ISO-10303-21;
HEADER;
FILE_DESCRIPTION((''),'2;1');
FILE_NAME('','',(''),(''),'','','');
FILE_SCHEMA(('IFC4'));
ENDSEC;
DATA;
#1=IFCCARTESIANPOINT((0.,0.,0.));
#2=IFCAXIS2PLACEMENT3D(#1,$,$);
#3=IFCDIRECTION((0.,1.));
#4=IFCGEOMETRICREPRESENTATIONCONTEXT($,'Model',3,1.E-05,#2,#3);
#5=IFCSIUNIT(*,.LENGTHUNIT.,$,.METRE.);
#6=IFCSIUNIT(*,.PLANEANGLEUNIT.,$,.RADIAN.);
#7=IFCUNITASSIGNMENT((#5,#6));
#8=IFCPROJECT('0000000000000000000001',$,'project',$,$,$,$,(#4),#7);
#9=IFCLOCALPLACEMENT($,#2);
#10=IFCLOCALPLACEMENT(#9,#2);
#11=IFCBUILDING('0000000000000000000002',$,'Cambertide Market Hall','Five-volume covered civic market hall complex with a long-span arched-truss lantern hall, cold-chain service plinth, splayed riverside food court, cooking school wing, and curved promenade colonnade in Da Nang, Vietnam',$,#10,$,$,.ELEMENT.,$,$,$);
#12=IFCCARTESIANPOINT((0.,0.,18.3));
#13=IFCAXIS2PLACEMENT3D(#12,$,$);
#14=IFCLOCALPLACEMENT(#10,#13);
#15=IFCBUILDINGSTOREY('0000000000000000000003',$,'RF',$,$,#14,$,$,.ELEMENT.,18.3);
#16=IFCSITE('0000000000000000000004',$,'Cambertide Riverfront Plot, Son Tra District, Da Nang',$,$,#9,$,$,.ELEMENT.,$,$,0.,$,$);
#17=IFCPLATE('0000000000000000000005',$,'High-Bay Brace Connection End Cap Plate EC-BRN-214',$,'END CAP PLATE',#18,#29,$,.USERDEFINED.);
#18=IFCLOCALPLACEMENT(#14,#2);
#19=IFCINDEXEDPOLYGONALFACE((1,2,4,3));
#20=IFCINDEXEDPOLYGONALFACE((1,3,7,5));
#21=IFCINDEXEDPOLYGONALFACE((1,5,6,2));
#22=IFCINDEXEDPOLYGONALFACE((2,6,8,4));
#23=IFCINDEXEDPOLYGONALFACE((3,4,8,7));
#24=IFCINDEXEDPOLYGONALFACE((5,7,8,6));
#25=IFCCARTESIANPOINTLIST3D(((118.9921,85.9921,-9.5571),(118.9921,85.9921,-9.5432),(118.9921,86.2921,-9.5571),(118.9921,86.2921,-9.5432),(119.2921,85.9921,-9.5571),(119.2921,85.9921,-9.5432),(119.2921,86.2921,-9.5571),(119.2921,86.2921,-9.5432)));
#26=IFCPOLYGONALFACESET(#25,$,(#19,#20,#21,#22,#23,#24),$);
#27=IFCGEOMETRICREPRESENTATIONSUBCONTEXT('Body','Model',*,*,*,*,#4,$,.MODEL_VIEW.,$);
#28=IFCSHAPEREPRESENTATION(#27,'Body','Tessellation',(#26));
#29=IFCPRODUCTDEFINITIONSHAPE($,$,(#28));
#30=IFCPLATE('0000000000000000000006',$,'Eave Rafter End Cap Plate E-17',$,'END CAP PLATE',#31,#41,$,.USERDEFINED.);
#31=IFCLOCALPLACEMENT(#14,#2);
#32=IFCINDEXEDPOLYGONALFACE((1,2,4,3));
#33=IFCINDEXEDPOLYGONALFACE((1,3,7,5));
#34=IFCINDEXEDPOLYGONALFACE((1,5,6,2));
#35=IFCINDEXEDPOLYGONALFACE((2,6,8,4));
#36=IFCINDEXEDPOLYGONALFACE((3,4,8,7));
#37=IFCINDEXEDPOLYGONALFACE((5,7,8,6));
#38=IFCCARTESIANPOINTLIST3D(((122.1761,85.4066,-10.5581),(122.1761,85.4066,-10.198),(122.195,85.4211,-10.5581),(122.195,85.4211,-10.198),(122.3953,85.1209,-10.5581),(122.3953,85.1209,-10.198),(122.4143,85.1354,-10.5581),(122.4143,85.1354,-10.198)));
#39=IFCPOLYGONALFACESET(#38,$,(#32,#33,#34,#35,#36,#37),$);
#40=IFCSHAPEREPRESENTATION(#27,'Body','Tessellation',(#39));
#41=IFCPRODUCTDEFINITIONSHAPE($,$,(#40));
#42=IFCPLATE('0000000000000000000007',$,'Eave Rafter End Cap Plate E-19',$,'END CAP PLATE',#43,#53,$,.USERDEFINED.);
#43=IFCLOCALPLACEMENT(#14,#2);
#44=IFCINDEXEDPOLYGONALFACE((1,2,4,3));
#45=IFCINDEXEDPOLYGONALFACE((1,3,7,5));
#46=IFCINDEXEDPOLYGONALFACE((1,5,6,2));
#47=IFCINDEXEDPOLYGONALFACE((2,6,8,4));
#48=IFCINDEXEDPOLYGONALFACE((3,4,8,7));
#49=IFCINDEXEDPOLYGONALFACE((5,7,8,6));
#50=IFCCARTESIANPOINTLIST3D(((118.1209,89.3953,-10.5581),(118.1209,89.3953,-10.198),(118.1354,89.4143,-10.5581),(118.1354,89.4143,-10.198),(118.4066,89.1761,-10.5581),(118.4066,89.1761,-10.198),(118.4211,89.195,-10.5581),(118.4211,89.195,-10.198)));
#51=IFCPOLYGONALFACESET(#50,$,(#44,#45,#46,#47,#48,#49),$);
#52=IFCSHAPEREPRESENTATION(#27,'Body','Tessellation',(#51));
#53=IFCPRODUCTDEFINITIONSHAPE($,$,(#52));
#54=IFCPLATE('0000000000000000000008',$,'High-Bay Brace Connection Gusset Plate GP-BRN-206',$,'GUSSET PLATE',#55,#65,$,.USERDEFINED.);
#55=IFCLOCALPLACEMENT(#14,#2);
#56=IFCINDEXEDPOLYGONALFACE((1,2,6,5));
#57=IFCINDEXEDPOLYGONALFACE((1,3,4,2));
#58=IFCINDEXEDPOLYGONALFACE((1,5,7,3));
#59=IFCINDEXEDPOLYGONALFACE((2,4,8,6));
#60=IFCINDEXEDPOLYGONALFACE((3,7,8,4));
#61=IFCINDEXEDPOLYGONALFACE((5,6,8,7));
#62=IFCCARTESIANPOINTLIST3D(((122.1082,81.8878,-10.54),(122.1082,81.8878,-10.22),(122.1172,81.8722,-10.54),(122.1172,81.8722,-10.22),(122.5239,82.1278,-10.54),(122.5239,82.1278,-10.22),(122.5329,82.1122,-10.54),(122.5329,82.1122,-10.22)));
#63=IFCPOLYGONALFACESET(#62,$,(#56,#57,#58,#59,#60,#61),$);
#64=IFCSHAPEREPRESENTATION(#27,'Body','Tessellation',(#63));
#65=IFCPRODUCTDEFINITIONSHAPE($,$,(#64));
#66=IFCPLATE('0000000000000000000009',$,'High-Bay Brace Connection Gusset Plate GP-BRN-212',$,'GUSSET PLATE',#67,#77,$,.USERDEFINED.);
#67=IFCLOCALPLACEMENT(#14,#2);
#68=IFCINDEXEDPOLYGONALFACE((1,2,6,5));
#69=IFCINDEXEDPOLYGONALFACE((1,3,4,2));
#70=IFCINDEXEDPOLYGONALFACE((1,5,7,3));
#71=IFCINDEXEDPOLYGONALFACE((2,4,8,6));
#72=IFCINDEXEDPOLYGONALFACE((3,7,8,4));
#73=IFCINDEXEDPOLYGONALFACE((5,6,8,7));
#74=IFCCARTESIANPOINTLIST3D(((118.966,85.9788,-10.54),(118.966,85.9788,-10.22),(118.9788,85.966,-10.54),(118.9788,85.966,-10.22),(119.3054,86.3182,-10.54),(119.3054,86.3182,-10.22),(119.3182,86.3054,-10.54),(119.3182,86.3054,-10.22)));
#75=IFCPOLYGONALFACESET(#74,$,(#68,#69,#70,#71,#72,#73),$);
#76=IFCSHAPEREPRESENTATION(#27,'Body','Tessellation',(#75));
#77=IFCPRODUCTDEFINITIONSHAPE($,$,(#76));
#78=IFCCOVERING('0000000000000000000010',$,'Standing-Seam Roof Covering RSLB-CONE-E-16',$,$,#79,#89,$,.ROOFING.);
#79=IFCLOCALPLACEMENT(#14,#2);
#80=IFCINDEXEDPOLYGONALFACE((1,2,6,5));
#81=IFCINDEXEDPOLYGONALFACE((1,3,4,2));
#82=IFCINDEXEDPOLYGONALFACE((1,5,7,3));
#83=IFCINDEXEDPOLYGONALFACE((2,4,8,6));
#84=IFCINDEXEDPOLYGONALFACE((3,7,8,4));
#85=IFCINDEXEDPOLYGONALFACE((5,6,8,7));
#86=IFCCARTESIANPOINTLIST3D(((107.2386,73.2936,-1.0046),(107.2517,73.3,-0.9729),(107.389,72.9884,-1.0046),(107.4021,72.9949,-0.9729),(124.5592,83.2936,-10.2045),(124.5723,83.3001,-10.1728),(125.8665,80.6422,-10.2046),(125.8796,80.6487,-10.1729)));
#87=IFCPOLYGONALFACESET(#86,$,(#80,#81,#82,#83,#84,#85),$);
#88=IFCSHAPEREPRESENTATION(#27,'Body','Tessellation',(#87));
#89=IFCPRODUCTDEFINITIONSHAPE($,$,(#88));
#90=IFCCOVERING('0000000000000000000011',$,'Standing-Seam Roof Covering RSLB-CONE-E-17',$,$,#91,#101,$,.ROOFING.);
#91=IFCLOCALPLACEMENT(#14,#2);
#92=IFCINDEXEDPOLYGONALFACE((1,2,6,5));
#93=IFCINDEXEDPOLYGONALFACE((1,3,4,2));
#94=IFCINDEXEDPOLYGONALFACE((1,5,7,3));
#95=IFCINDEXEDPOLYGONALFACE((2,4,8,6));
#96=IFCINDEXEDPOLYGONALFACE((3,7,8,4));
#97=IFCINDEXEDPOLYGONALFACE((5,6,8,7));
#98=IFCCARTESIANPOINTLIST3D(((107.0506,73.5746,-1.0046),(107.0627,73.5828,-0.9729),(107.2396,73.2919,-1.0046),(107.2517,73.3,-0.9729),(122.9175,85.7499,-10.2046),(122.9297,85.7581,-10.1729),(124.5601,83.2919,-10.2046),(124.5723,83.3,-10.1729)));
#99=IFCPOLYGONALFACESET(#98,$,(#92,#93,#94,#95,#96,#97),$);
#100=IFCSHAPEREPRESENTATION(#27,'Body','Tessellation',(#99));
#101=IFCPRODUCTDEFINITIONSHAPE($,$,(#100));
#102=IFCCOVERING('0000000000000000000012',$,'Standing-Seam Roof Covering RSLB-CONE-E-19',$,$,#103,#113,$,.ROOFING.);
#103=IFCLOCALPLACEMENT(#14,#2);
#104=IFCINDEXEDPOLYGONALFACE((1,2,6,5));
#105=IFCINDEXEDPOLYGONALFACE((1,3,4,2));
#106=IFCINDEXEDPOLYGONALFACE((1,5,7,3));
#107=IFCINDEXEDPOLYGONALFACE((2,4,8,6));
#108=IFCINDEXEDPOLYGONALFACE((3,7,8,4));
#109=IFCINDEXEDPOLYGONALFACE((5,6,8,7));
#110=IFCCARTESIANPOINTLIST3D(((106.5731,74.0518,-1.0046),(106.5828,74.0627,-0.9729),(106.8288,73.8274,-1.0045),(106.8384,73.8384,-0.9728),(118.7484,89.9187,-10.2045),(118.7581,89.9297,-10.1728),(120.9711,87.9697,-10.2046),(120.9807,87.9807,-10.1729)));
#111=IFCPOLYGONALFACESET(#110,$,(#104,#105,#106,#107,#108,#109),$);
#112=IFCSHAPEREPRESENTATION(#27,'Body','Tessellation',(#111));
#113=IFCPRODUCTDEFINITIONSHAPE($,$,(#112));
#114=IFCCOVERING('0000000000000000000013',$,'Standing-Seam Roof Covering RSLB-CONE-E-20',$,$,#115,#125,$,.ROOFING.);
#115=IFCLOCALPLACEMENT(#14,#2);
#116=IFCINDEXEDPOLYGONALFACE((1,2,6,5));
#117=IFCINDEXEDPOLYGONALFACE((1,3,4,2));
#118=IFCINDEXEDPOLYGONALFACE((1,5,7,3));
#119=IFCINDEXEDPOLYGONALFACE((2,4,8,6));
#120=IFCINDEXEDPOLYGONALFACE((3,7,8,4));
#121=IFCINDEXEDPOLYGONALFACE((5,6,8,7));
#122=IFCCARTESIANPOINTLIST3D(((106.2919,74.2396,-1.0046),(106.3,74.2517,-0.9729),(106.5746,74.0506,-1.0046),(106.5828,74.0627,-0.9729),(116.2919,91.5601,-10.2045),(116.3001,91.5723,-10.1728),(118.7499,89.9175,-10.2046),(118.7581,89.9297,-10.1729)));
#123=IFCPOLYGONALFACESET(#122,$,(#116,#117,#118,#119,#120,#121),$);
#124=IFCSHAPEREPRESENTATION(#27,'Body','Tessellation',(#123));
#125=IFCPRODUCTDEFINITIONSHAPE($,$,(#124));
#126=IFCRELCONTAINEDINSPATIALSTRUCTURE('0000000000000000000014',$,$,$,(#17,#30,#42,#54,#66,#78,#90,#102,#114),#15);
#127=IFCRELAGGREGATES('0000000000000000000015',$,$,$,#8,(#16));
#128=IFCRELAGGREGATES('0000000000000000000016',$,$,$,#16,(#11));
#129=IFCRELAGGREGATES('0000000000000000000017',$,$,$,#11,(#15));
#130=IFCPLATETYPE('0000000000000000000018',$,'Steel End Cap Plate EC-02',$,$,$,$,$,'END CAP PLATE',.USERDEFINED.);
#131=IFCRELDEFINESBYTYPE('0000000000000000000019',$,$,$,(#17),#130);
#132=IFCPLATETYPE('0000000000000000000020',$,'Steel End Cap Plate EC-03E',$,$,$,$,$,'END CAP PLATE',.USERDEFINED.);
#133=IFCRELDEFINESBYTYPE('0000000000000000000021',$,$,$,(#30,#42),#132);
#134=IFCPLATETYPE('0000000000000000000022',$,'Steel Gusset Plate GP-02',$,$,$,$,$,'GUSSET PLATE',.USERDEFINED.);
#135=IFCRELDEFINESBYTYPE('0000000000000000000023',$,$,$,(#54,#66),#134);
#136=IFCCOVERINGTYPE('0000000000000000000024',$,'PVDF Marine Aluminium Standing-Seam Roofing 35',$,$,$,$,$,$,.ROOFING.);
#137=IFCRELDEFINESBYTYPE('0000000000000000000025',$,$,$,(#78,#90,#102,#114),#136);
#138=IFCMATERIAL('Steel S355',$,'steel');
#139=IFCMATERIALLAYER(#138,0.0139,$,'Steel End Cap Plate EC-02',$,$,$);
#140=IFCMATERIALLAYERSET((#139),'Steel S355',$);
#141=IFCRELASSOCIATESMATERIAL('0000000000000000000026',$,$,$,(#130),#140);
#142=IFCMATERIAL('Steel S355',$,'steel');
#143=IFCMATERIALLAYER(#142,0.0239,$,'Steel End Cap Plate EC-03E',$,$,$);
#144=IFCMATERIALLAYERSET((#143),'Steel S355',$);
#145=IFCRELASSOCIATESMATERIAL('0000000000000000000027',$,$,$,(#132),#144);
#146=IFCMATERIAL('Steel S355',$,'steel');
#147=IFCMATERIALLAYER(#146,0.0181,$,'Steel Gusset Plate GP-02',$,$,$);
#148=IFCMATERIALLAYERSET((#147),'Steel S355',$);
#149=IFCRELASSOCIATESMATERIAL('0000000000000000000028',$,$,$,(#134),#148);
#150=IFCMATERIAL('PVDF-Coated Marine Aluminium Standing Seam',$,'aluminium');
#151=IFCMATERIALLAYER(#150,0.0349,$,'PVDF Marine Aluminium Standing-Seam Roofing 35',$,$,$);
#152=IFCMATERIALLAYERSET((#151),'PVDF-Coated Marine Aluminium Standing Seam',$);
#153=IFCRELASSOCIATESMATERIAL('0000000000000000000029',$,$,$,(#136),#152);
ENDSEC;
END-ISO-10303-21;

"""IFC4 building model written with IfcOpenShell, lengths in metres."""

from ifc_helpers import new_model, si_unit, direction, frame, origin, origin_2d, place, context, subcontext, project, spatial, polyline, rectangle, outline, extrude, material, layer, layer_set, type_object, element, save


model = new_model("IFC4")

# Units and contexts
model_context = context("Model", 3, precision=1e-05, world=origin(), true_north=direction((0.0, 1.0)))
body_context = subcontext(model_context, "Body", "Model", "MODEL_VIEW")
ifc_project = project(units=[si_unit("LENGTHUNIT", "METRE"), si_unit("PLANEANGLEUNIT", "RADIAN")], contexts=[model_context])

# Site, building, storey
site_placement = place(None, origin())
site = spatial("IfcSite", under=ifc_project, at=site_placement, Name="Cambertide Riverfront Plot, Son Tra District, Da Nang", CompositionType="ELEMENT", RefElevation=0.0)
building_placement = place(site_placement, origin())
building = spatial("IfcBuilding", under=site, at=building_placement, Name="Cambertide Market Hall", Description="Five-volume covered civic market hall complex with a long-span arched-truss lantern hall, cold-chain service plinth, splayed riverside food court, cooking school wing, and curved promenade colonnade in Da Nang, Vietnam", CompositionType="ELEMENT")
storey_placement = place(building_placement, frame((0.0, 0.0, 18.3)))
storey = spatial("IfcBuildingStorey", under=building, at=storey_placement, Name="RF", CompositionType="ELEMENT", Elevation=18.3)

# Plates
ifc_material_1 = material(Name="Steel S355", Category="steel")
ifc_layer_1 = layer(ifc_material_1, 0.0139, Name="Steel End Cap Plate EC-02")
ifc_layer_set_1 = layer_set([ifc_layer_1], Name="Steel S355")
plate_type_1 = type_object("IfcPlateType", Name="Steel End Cap Plate EC-02", ElementType="END CAP PLATE", PredefinedType="USERDEFINED", material=ifc_layer_set_1)
for number, where, z_axis, x_axis, name in (
    (1, (119.1421, 86.1421, -9.5571), (0.0, 0.0, 1.0), (1.0, 0.0, 0.0), "High-Bay Brace Connection End Cap Plate EC-BRN-214"),
):
    element("IfcPlate", number, at=place(storey_placement, frame(where, z_axis=z_axis, x_axis=x_axis)), inside=storey, type_object=plate_type_1, Name=name, ObjectType="END CAP PLATE", PredefinedType="USERDEFINED", context=body_context, shape_type="SweptSolid", body=[
        extrude(rectangle(XDim=0.3, YDim=0.3, at=origin_2d()), origin(), (0.0, 0.0, 1.0), 0.0139),
    ])
ifc_material_2 = material(Name="Steel S355", Category="steel")
ifc_layer_2 = layer(ifc_material_2, 0.0239, Name="Steel End Cap Plate EC-03E")
ifc_layer_set_2 = layer_set([ifc_layer_2], Name="Steel S355")
plate_type_2 = type_object("IfcPlateType", Name="Steel End Cap Plate EC-03E", ElementType="END CAP PLATE", PredefinedType="USERDEFINED", material=ifc_layer_set_2)
for number, where, z_axis, x_axis, name in (
    (2, (122.2952, 85.271, -10.5581), (0.0, 0.0, 1.0), (0.793353, 0.608761, 0.0), "Eave Rafter End Cap Plate E-17"),
    (3, (118.271, 89.2952, -10.5581), (0.0, 0.0, 1.0), (0.608761, 0.793353, 0.0), "Eave Rafter End Cap Plate E-19"),
):
    element("IfcPlate", number, at=place(storey_placement, frame(where, z_axis=z_axis, x_axis=x_axis)), inside=storey, type_object=plate_type_2, Name=name, ObjectType="END CAP PLATE", PredefinedType="USERDEFINED", context=body_context, shape_type="SweptSolid", body=[
        extrude(rectangle(XDim=0.0239, YDim=0.3601, at=origin_2d()), origin(), (0.0, 0.0, 1.0), 0.3601),
    ])
ifc_material_3 = material(Name="Steel S355", Category="steel")
ifc_layer_3 = layer(ifc_material_3, 0.0181, Name="Steel Gusset Plate GP-02")
ifc_layer_set_3 = layer_set([ifc_layer_3], Name="Steel S355")
plate_type_3 = type_object("IfcPlateType", Name="Steel Gusset Plate GP-02", ElementType="GUSSET PLATE", PredefinedType="USERDEFINED", material=ifc_layer_set_3)
for number, where, z_axis, x_axis, name in (
    (4, (122.3206, 82.0, -10.54), (0.0, 0.0, 1.0), (-0.866025, -0.5, 0.0), "High-Bay Brace Connection Gusset Plate GP-BRN-206"),
    (5, (119.1421, 86.1421, -10.54), (0.0, 0.0, 1.0), (-0.707107, -0.707107, 0.0), "High-Bay Brace Connection Gusset Plate GP-BRN-212"),
):
    element("IfcPlate", number, at=place(storey_placement, frame(where, z_axis=z_axis, x_axis=x_axis)), inside=storey, type_object=plate_type_3, Name=name, ObjectType="GUSSET PLATE", PredefinedType="USERDEFINED", context=body_context, shape_type="SweptSolid", body=[
        extrude(rectangle(XDim=0.48, YDim=0.0181, at=origin_2d()), origin(), (0.0, 0.0, 1.0), 0.3201),
    ])

# Coverings
ifc_material_4 = material(Name="PVDF-Coated Marine Aluminium Standing Seam", Category="aluminium")
ifc_layer_4 = layer(ifc_material_4, 0.0349, Name="PVDF Marine Aluminium Standing-Seam Roofing 35")
ifc_layer_set_4 = layer_set([ifc_layer_4], Name="PVDF-Coated Marine Aluminium Standing Seam")
covering_type = type_object("IfcCoveringType", Name="PVDF Marine Aluminium Standing-Seam Roofing 35", PredefinedType="ROOFING", material=ifc_layer_set_4)
covering_1_placement = place(storey_placement, frame((125.8796, 80.6487, -10.1729), z_axis=(0.375482, 0.185136, 0.908151), x_axis=(-0.442248, 0.896893, 0.000009)))
element("IfcCovering", 6, at=covering_1_placement, inside=storey, type_object=covering_type, Name="Standing-Seam Roof Covering RSLB-CONE-E-16", PredefinedType="ROOFING", context=body_context, shape_type="SweptSolid", body=[
    extrude(outline(polyline([(0.0, 0.0), (2.9562, 0.0), (1.6473, 21.9756), (1.3071, 21.9757), (0.0, 0.0)])), origin(), (0.0, 0.0, -1.0), 0.0349),
])
covering_2_placement = place(storey_placement, frame((124.5723, 83.3, -10.1729), z_axis=(0.348075, 0.232608, 0.908151), x_axis=(-0.555616, 0.831439, -0.000004)))
element("IfcCovering", 7, at=covering_2_placement, inside=storey, type_object=covering_type, Name="Standing-Seam Roof Covering RSLB-CONE-E-17", PredefinedType="ROOFING", context=body_context, shape_type="SweptSolid", body=[
    extrude(outline(polyline([(0.0, 0.0), (2.9563, 0.0), (1.6492, 21.9756), (1.3092, 21.9756), (0.0, 0.0)])), origin(), (0.0, 0.0, -1.0), 0.0349),
])
covering_3_placement = place(storey_placement, frame((120.9807, 87.9807, -10.1729), z_axis=(0.276026, 0.314754, 0.908152), x_axis=(-0.751875, 0.659306, 0.000019)))
element("IfcCovering", 8, at=covering_3_placement, inside=storey, type_object=covering_type, Name="Standing-Seam Roof Covering RSLB-CONE-E-19", PredefinedType="ROOFING", context=body_context, shape_type="SweptSolid", body=[
    extrude(outline(polyline([(0.0, 0.0), (2.9561, 0.0), (1.6494, 21.9757), (1.3093, 21.9758), (0.0, 0.0)])), origin(), (0.0, 0.0, -1.0), 0.0349),
])
covering_4_placement = place(storey_placement, frame((118.7581, 89.9297, -10.1729), z_axis=(0.232608, 0.348075, 0.908151), x_axis=(-0.831439, 0.555616, 0.000004)))
element("IfcCovering", 9, at=covering_4_placement, inside=storey, type_object=covering_type, Name="Standing-Seam Roof Covering RSLB-CONE-E-20", PredefinedType="ROOFING", context=body_context, shape_type="SweptSolid", body=[
    extrude(outline(polyline([(0.0, 0.0), (2.9563, 0.0), (1.6472, 21.9756), (1.3071, 21.9756), (0.0, 0.0)])), origin(), (0.0, 0.0, -1.0), 0.0349),
])

save(model, "model.ifc")
